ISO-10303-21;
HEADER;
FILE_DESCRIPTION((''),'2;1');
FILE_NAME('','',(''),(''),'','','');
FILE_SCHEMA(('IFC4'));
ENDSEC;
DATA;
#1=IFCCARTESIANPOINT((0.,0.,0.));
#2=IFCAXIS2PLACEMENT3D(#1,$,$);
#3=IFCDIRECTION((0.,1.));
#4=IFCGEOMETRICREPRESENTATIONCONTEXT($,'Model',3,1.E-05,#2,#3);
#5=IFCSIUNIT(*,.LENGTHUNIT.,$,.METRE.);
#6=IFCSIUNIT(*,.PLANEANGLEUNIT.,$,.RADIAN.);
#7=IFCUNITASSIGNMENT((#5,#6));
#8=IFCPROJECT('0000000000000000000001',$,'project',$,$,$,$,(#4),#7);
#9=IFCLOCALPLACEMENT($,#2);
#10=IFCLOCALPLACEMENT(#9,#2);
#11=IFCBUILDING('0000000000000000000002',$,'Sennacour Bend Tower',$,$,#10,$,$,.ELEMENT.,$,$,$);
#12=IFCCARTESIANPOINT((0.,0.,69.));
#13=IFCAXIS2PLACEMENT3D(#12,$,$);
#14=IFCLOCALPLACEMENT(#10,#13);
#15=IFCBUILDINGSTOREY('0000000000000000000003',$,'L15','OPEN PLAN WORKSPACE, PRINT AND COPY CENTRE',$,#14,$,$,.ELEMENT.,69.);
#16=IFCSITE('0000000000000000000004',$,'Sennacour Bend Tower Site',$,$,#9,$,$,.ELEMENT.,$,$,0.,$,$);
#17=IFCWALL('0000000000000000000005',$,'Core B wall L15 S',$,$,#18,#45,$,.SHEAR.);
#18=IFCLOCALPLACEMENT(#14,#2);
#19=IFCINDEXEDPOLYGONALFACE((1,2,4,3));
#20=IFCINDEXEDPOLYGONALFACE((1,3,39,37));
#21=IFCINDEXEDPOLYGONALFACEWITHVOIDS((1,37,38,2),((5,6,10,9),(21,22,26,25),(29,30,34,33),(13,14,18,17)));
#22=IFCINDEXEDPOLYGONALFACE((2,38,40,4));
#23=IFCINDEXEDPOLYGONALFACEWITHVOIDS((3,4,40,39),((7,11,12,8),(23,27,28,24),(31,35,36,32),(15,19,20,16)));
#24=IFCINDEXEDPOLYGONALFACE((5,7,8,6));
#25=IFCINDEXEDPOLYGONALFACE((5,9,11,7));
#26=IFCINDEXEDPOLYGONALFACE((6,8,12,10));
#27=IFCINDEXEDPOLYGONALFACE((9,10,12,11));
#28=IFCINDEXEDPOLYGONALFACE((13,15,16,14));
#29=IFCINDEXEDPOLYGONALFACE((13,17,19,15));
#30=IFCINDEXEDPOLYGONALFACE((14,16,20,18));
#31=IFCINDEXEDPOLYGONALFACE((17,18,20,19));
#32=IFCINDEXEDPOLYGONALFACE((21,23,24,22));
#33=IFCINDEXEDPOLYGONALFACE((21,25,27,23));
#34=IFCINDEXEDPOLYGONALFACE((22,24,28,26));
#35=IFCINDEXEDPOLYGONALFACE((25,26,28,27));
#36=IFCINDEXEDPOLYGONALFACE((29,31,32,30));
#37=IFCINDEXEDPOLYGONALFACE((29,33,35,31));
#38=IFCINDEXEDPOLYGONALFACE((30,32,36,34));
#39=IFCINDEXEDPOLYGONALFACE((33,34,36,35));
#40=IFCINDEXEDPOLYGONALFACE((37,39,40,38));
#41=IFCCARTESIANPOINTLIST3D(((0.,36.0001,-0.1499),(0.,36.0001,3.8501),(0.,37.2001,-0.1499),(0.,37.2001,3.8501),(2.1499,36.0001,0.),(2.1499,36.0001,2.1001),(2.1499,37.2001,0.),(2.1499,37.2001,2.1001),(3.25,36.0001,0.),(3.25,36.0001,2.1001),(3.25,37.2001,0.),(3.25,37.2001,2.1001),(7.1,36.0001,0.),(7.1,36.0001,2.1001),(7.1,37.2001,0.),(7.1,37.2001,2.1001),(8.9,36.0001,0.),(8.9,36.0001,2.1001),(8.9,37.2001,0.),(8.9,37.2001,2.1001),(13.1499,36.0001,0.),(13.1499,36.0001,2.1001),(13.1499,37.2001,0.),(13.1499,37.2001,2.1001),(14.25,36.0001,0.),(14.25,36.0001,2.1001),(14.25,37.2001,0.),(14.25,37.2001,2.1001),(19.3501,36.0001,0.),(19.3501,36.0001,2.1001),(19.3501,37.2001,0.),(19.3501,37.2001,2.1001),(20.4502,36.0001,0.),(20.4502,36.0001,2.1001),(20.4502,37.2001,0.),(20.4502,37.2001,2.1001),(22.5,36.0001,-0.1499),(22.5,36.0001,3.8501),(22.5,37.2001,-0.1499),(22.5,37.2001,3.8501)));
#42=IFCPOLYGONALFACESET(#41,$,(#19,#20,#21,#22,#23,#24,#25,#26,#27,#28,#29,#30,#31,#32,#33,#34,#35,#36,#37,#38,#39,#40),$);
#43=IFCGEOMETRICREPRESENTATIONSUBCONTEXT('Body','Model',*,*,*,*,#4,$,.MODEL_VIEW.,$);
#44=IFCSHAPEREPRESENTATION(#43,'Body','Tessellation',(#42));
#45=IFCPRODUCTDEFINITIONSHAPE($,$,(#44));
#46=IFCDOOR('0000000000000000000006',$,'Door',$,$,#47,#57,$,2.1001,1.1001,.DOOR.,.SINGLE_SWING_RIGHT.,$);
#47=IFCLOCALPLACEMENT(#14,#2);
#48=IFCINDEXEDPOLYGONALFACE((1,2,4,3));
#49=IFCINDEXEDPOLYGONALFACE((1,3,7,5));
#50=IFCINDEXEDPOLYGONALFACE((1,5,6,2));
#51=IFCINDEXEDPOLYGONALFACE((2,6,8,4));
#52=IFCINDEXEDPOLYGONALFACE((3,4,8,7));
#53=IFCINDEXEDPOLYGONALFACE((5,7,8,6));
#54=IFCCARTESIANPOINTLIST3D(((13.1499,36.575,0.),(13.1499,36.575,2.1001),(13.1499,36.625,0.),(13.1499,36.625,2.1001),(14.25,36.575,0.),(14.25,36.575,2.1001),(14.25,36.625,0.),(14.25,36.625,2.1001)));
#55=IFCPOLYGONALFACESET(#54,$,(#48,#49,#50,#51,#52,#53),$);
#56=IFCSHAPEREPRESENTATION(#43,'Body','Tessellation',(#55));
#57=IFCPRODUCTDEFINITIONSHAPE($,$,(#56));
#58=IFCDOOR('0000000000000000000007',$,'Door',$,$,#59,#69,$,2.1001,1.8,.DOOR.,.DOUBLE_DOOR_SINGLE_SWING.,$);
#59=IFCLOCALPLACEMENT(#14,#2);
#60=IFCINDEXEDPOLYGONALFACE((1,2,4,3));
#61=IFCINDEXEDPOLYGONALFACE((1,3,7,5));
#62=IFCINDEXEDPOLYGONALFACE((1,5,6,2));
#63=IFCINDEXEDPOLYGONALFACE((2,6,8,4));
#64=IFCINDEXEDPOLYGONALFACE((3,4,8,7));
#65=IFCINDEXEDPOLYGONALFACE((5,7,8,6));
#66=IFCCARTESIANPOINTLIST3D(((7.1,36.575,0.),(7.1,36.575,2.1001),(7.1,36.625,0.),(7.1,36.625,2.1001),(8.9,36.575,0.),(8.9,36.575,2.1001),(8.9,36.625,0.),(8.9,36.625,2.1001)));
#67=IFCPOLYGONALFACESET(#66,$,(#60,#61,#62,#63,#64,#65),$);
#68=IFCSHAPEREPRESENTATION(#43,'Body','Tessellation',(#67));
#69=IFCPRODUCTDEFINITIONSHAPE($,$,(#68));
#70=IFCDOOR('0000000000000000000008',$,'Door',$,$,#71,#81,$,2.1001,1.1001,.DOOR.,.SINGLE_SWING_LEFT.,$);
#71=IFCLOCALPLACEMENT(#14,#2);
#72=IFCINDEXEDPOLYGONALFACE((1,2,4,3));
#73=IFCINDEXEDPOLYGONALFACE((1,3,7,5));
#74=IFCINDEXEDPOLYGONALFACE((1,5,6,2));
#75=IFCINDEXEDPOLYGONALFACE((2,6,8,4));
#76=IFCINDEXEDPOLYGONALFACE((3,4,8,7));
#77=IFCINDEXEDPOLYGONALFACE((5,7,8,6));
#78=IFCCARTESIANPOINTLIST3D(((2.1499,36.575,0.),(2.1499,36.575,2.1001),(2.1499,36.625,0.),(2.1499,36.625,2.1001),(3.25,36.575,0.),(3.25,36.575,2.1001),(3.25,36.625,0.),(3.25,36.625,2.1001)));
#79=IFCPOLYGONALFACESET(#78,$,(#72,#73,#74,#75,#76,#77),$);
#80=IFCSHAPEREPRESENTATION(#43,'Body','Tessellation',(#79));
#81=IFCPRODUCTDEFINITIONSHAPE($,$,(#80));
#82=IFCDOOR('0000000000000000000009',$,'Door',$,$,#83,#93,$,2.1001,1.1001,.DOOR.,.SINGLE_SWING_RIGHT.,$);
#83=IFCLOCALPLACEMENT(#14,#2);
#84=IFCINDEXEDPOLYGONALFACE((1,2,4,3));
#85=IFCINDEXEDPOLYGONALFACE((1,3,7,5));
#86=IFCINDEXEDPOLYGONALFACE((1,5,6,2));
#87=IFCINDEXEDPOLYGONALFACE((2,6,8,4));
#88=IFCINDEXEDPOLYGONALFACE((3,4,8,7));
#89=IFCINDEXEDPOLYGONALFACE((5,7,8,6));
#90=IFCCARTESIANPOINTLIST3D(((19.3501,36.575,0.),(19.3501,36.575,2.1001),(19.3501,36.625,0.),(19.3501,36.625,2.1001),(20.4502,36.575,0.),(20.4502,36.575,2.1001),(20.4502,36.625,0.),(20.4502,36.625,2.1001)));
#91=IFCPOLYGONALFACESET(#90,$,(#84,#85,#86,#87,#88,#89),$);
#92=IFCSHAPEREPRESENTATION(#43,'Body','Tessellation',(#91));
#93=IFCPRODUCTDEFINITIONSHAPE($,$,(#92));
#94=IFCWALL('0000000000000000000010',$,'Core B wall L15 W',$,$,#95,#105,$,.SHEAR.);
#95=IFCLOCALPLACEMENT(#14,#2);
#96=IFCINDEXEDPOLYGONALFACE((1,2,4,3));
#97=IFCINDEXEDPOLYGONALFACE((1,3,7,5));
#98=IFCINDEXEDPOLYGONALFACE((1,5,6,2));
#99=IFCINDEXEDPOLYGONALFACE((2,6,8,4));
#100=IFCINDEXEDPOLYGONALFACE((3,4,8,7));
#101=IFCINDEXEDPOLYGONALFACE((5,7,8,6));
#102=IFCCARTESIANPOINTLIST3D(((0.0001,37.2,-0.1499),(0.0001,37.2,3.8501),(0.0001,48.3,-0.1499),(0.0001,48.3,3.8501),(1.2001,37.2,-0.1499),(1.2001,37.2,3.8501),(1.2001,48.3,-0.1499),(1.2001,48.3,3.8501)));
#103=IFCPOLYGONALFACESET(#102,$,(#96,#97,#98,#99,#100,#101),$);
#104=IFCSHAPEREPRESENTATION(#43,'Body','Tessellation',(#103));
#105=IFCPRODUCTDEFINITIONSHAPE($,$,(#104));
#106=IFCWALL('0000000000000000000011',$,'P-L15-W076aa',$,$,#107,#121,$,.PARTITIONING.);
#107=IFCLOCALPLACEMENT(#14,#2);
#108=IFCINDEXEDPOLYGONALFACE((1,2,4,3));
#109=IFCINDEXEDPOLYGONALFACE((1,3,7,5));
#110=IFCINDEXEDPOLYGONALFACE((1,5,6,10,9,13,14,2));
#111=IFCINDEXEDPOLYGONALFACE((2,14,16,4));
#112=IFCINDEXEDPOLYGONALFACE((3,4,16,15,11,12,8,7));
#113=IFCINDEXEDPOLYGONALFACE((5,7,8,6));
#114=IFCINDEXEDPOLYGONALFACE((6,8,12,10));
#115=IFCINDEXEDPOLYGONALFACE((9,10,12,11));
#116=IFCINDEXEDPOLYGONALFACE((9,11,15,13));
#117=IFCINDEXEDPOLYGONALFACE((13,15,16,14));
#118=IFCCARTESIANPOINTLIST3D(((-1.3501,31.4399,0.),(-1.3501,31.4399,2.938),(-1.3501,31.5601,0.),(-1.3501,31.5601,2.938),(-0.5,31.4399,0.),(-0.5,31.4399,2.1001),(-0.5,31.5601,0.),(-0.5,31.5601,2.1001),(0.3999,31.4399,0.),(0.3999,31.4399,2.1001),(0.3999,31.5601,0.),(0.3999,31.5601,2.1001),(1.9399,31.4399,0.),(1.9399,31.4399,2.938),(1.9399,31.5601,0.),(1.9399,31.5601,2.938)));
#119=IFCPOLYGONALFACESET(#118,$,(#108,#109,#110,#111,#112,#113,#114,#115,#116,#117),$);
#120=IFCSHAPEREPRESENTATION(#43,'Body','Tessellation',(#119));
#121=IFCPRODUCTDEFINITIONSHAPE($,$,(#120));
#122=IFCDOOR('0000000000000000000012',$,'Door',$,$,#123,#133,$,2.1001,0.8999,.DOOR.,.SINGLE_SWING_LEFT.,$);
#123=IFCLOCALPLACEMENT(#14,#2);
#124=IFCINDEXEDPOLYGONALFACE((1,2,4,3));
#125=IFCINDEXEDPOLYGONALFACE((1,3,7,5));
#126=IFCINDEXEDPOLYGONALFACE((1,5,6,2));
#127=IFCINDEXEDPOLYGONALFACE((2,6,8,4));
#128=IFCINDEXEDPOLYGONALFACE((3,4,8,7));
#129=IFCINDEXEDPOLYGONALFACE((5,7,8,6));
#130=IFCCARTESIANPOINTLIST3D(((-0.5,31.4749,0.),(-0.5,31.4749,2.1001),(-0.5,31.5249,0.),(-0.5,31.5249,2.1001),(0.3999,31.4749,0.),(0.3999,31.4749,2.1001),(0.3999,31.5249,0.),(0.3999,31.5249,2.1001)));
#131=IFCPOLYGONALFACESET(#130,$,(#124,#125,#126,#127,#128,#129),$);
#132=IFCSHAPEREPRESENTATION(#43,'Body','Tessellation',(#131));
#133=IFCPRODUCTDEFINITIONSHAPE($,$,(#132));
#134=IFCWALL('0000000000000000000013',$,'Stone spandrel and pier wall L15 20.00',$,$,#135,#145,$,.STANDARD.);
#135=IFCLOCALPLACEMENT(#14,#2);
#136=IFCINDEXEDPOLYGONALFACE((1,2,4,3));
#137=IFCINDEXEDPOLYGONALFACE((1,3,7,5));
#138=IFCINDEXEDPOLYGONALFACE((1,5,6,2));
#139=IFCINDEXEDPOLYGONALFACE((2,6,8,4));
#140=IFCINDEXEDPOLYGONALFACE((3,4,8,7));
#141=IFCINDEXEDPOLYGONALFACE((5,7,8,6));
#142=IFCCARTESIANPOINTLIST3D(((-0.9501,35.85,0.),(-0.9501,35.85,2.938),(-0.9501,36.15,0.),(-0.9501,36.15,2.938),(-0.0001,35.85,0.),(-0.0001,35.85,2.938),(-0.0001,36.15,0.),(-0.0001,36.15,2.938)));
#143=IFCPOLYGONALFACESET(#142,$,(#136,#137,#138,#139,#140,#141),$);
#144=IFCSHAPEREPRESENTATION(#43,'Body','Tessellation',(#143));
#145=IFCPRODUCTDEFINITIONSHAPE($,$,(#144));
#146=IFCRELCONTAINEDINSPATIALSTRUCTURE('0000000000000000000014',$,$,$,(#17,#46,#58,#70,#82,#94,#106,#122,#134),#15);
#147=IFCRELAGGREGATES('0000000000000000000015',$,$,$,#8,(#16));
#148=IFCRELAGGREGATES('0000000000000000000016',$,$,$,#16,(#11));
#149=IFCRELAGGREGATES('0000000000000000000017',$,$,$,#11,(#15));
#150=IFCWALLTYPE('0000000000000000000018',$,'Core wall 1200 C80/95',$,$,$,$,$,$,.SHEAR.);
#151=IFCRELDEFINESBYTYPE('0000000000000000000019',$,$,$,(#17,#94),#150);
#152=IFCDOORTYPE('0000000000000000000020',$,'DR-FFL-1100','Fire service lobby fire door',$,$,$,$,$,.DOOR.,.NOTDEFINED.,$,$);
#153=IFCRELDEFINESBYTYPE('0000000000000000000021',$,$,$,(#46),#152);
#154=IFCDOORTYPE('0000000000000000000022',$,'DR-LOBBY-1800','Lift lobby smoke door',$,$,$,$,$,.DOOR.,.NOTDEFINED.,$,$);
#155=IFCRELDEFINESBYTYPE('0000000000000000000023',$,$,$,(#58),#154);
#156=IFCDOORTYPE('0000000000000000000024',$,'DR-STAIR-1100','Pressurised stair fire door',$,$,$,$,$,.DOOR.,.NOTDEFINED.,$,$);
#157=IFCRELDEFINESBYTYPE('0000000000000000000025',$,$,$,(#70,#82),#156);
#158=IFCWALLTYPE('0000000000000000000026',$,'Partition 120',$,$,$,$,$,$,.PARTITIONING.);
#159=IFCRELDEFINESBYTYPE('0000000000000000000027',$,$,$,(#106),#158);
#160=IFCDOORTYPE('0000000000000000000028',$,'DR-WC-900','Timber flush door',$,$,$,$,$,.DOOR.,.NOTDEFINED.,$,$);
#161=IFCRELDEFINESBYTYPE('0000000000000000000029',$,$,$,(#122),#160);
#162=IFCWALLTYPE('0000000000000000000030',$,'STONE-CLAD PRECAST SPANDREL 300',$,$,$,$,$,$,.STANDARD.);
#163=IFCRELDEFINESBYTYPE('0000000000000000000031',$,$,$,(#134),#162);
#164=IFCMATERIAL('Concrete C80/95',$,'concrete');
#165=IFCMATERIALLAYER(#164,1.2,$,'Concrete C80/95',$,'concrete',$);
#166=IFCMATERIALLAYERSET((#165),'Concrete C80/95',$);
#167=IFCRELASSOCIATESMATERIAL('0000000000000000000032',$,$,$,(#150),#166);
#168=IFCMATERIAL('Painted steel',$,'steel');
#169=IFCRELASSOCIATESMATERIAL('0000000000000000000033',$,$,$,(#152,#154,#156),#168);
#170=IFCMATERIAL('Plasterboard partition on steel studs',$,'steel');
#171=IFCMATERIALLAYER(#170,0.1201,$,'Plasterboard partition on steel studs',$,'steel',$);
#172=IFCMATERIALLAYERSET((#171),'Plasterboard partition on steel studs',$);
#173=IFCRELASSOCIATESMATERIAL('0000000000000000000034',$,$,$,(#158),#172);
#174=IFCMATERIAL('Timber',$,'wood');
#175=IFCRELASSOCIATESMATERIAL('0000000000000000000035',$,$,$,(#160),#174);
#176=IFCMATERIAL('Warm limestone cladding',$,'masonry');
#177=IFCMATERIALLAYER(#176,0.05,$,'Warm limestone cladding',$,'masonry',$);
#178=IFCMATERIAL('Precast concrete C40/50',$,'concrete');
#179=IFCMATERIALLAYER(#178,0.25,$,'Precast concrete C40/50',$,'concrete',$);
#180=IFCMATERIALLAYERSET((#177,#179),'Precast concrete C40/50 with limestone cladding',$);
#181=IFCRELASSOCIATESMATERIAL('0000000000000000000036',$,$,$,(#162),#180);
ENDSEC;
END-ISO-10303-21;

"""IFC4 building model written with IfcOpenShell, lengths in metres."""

from ifc_helpers import new_model, si_unit, direction, frame, frame_2d, origin, place, context, subcontext, project, spatial, rectangle, extrude, material, layer, layer_set, type_object, element, fill, save


model = new_model("IFC4")

# Units and contexts
model_context = context("Model", 3, precision=1e-05, world=origin(), true_north=direction((0.0, 1.0)))
body_context = subcontext(model_context, "Body", "Model", "MODEL_VIEW")
ifc_project = project(units=[si_unit("LENGTHUNIT", "METRE"), si_unit("PLANEANGLEUNIT", "RADIAN")], contexts=[model_context])

# Site, building, storey
site_placement = place(None, origin())
site = spatial("IfcSite", under=ifc_project, at=site_placement, Name="Sennacour Bend Tower Site", CompositionType="ELEMENT", RefElevation=0.0)
building_placement = place(site_placement, origin())
building = spatial("IfcBuilding", under=site, at=building_placement, Name="Sennacour Bend Tower", CompositionType="ELEMENT")
storey_placement = place(building_placement, frame((0.0, 0.0, 69.0)))
storey = spatial("IfcBuildingStorey", under=building, at=storey_placement, Name="L15", Description="OPEN PLAN WORKSPACE, PRINT AND COPY CENTRE", CompositionType="ELEMENT", Elevation=69.0)

# Wall, openings, doors
ifc_material_1 = material(Name="Concrete C80/95", Category="concrete")
ifc_layer_1 = layer(ifc_material_1, 1.2, Name="Concrete C80/95", Category="concrete")
ifc_layer_set_1 = layer_set([ifc_layer_1], Name="Concrete C80/95")
wall_type_1 = type_object("IfcWallType", Name="Core wall 1200 C80/95", PredefinedType="SHEAR", material=ifc_layer_set_1)
wall_1_placement = place(storey_placement, frame((0.0, 36.6001, -0.1499), z_axis=(0.0, 0.0, 1.0), x_axis=(1.0, 0.0, 0.0)))
wall_1 = element("IfcWall", 1, at=wall_1_placement, inside=storey, type_object=wall_type_1, Name="Core B wall L15 S", PredefinedType="SHEAR", context=body_context, shape_type="SweptSolid", body=[
    extrude(rectangle(XDim=22.5, YDim=1.2, at=frame_2d((11.25, 0.0))), origin(), (0.0, 0.0, 1.0), 4.0),
])
opening_1_placement = place(wall_1_placement, frame((7.1001, 0.0, 0.1499)))
opening_1 = element("IfcOpeningElement", 2, at=opening_1_placement, cuts=wall_1, PredefinedType="OPENING", context=body_context, shape_type="SweptSolid", body=[
    extrude(rectangle(XDim=1.8, YDim=2.1001, at=frame_2d((0.8999, 1.05))), frame((0.0, 0.6099, 0.0), z_axis=(0.0, -1.0, 0.0), x_axis=(1.0, 0.0, 0.0)), (0.0, 0.0, 1.0), 1.22),
])
opening_2_placement = place(wall_1_placement, frame((13.1499, 0.0, 0.1499)))
opening_2 = element("IfcOpeningElement", 3, at=opening_2_placement, cuts=wall_1, PredefinedType="OPENING", context=body_context, shape_type="SweptSolid", body=[
    extrude(rectangle(XDim=1.1001, YDim=2.1001, at=frame_2d((0.55, 1.05))), frame((0.0, 0.6099, 0.0), z_axis=(0.0, -1.0, 0.0), x_axis=(1.0, 0.0, 0.0)), (0.0, 0.0, 1.0), 1.22),
])
opening_3_placement = place(wall_1_placement, frame((2.1499, 0.0, 0.1499)))
opening_3 = element("IfcOpeningElement", 4, at=opening_3_placement, cuts=wall_1, PredefinedType="OPENING", context=body_context, shape_type="SweptSolid", body=[
    extrude(rectangle(XDim=1.1001, YDim=2.1001, at=frame_2d((0.55, 1.05))), frame((0.0, 0.6099, 0.0), z_axis=(0.0, -1.0, 0.0), x_axis=(1.0, 0.0, 0.0)), (0.0, 0.0, 1.0), 1.22),
])
opening_4_placement = place(wall_1_placement, frame((19.3501, 0.0, 0.1499)))
opening_4 = element("IfcOpeningElement", 5, at=opening_4_placement, cuts=wall_1, PredefinedType="OPENING", context=body_context, shape_type="SweptSolid", body=[
    extrude(rectangle(XDim=1.1001, YDim=2.1001, at=frame_2d((0.55, 1.05))), frame((0.0, 0.6099, 0.0), z_axis=(0.0, -1.0, 0.0), x_axis=(1.0, 0.0, 0.0)), (0.0, 0.0, 1.0), 1.22),
])
ifc_material_2 = material(Name="Painted steel", Category="steel")
door_type_1 = type_object("IfcDoorType", Name="DR-FFL-1100", Description="Fire service lobby fire door", OperationType="NOTDEFINED", PredefinedType="DOOR", material=ifc_material_2)
door_1_placement = place(opening_2_placement, origin())
door_1 = element("IfcDoor", 6, at=door_1_placement, inside=storey, type_object=door_type_1, Name="Door", OperationType="SINGLE_SWING_RIGHT", OverallHeight=2.1001, OverallWidth=1.1001, PredefinedType="DOOR", context=body_context, shape_type="SweptSolid", body=[
    extrude(rectangle(XDim=1.1001, YDim=2.1001, at=frame_2d((0.55, 1.05))), frame((0.0, 0.0249, 0.0), z_axis=(0.0, -1.0, 0.0), x_axis=(1.0, 0.0, 0.0)), (0.0, 0.0, 1.0), 0.05),
])
fill(opening_2, door_1)
door_type_2 = type_object("IfcDoorType", Name="DR-LOBBY-1800", Description="Lift lobby smoke door", OperationType="NOTDEFINED", PredefinedType="DOOR", material=ifc_material_2)
door_2_placement = place(opening_1_placement, origin())
door_2 = element("IfcDoor", 7, at=door_2_placement, inside=storey, type_object=door_type_2, Name="Door", OperationType="DOUBLE_DOOR_SINGLE_SWING", OverallHeight=2.1001, OverallWidth=1.8, PredefinedType="DOOR", context=body_context, shape_type="SweptSolid", body=[
    extrude(rectangle(XDim=1.8, YDim=2.1001, at=frame_2d((0.8999, 1.05))), frame((0.0, 0.0249, 0.0), z_axis=(0.0, -1.0, 0.0), x_axis=(1.0, 0.0, 0.0)), (0.0, 0.0, 1.0), 0.05),
])
fill(opening_1, door_2)
door_type_3 = type_object("IfcDoorType", Name="DR-STAIR-1100", Description="Pressurised stair fire door", OperationType="NOTDEFINED", PredefinedType="DOOR", material=ifc_material_2)
door_3_placement = place(opening_3_placement, origin())
door_3 = element("IfcDoor", 8, at=door_3_placement, inside=storey, type_object=door_type_3, Name="Door", OperationType="SINGLE_SWING_LEFT", OverallHeight=2.1001, OverallWidth=1.1001, PredefinedType="DOOR", context=body_context, shape_type="SweptSolid", body=[
    extrude(rectangle(XDim=1.1001, YDim=2.1001, at=frame_2d((0.55, 1.05))), frame((0.0, 0.0249, 0.0), z_axis=(0.0, -1.0, 0.0), x_axis=(1.0, 0.0, 0.0)), (0.0, 0.0, 1.0), 0.05),
])
fill(opening_3, door_3)
door_4_placement = place(opening_4_placement, origin())
door_4 = element("IfcDoor", 9, at=door_4_placement, inside=storey, type_object=door_type_3, Name="Door", OperationType="SINGLE_SWING_RIGHT", OverallHeight=2.1001, OverallWidth=1.1001, PredefinedType="DOOR", context=body_context, shape_type="SweptSolid", body=[
    extrude(rectangle(XDim=1.1001, YDim=2.1001, at=frame_2d((0.55, 1.05))), frame((0.0, 0.0249, 0.0), z_axis=(0.0, -1.0, 0.0), x_axis=(1.0, 0.0, 0.0)), (0.0, 0.0, 1.0), 0.05),
])
fill(opening_4, door_4)

# Wall
wall_2_placement = place(storey_placement, frame((0.6001, 37.2, -0.1499), z_axis=(0.0, 0.0, 1.0), x_axis=(0.0, 1.0, 0.0)))
element("IfcWall", 10, at=wall_2_placement, inside=storey, type_object=wall_type_1, Name="Core B wall L15 W", PredefinedType="SHEAR", context=body_context, shape_type="SweptSolid", body=[
    extrude(rectangle(XDim=11.1001, YDim=1.2, at=frame_2d((5.55, 0.0))), origin(), (0.0, 0.0, 1.0), 4.0),
])

# Wall, opening, door
ifc_material_3 = material(Name="Plasterboard partition on steel studs", Category="steel")
ifc_layer_2 = layer(ifc_material_3, 0.1201, Name="Plasterboard partition on steel studs", Category="steel")
ifc_layer_set_2 = layer_set([ifc_layer_2], Name="Plasterboard partition on steel studs")
wall_type_2 = type_object("IfcWallType", Name="Partition 120", PredefinedType="PARTITIONING", material=ifc_layer_set_2)
wall_3_placement = place(storey_placement, frame((-1.3501, 31.5, 0.0), z_axis=(0.0, 0.0, 1.0), x_axis=(1.0, 0.0, 0.0)))
wall_3 = element("IfcWall", 11, at=wall_3_placement, inside=storey, type_object=wall_type_2, Name="P-L15-W076aa", PredefinedType="PARTITIONING", context=body_context, shape_type="SweptSolid", body=[
    extrude(rectangle(XDim=3.29, YDim=0.1201, at=frame_2d((1.645, 0.0))), origin(), (0.0, 0.0, 1.0), 2.938),
])
opening_5_placement = place(wall_3_placement, frame((0.8501, 0.0, 0.0)))
opening_5 = element("IfcOpeningElement", 12, at=opening_5_placement, cuts=wall_3, PredefinedType="OPENING", context=body_context, shape_type="SweptSolid", body=[
    extrude(rectangle(XDim=0.8999, YDim=2.1001, at=frame_2d((0.45, 1.05))), frame((0.0, 0.0701, 0.0), z_axis=(0.0, -1.0, 0.0), x_axis=(1.0, 0.0, 0.0)), (0.0, 0.0, 1.0), 0.1401),
])
ifc_material_4 = material(Name="Timber", Category="wood")
door_type_4 = type_object("IfcDoorType", Name="DR-WC-900", Description="Timber flush door", OperationType="NOTDEFINED", PredefinedType="DOOR", material=ifc_material_4)
door_5_placement = place(opening_5_placement, origin())
door_5 = element("IfcDoor", 13, at=door_5_placement, inside=storey, type_object=door_type_4, Name="Door", OperationType="SINGLE_SWING_LEFT", OverallHeight=2.1001, OverallWidth=0.8999, PredefinedType="DOOR", context=body_context, shape_type="SweptSolid", body=[
    extrude(rectangle(XDim=0.8999, YDim=2.1001, at=frame_2d((0.45, 1.05))), frame((0.0, 0.0249, 0.0), z_axis=(0.0, -1.0, 0.0), x_axis=(1.0, 0.0, 0.0)), (0.0, 0.0, 1.0), 0.05),
])
fill(opening_5, door_5)

# Wall
ifc_material_5 = material(Name="Warm limestone cladding", Category="masonry")
ifc_layer_3 = layer(ifc_material_5, 0.05, Name="Warm limestone cladding", Category="masonry")
ifc_material_6 = material(Name="Precast concrete C40/50", Category="concrete")
ifc_layer_4 = layer(ifc_material_6, 0.25, Name="Precast concrete C40/50", Category="concrete")
ifc_layer_set_3 = layer_set([ifc_layer_3, ifc_layer_4], Name="Precast concrete C40/50 with limestone cladding")
wall_type_3 = type_object("IfcWallType", Name="STONE-CLAD PRECAST SPANDREL 300", PredefinedType="STANDARD", material=ifc_layer_set_3)
wall_4_placement = place(storey_placement, frame((0.0, 36.0, 0.0), z_axis=(0.0, 0.0, 1.0), x_axis=(-1.0, 0.0, 0.0)))
element("IfcWall", 14, at=wall_4_placement, inside=storey, type_object=wall_type_3, Name="Stone spandrel and pier wall L15 20.00", PredefinedType="STANDARD", context=body_context, shape_type="SweptSolid", body=[
    extrude(rectangle(XDim=0.95, YDim=0.3, at=frame_2d((0.4751, 0.0))), origin(), (0.0, 0.0, 1.0), 2.938),
])

save(model, "model.ifc")
